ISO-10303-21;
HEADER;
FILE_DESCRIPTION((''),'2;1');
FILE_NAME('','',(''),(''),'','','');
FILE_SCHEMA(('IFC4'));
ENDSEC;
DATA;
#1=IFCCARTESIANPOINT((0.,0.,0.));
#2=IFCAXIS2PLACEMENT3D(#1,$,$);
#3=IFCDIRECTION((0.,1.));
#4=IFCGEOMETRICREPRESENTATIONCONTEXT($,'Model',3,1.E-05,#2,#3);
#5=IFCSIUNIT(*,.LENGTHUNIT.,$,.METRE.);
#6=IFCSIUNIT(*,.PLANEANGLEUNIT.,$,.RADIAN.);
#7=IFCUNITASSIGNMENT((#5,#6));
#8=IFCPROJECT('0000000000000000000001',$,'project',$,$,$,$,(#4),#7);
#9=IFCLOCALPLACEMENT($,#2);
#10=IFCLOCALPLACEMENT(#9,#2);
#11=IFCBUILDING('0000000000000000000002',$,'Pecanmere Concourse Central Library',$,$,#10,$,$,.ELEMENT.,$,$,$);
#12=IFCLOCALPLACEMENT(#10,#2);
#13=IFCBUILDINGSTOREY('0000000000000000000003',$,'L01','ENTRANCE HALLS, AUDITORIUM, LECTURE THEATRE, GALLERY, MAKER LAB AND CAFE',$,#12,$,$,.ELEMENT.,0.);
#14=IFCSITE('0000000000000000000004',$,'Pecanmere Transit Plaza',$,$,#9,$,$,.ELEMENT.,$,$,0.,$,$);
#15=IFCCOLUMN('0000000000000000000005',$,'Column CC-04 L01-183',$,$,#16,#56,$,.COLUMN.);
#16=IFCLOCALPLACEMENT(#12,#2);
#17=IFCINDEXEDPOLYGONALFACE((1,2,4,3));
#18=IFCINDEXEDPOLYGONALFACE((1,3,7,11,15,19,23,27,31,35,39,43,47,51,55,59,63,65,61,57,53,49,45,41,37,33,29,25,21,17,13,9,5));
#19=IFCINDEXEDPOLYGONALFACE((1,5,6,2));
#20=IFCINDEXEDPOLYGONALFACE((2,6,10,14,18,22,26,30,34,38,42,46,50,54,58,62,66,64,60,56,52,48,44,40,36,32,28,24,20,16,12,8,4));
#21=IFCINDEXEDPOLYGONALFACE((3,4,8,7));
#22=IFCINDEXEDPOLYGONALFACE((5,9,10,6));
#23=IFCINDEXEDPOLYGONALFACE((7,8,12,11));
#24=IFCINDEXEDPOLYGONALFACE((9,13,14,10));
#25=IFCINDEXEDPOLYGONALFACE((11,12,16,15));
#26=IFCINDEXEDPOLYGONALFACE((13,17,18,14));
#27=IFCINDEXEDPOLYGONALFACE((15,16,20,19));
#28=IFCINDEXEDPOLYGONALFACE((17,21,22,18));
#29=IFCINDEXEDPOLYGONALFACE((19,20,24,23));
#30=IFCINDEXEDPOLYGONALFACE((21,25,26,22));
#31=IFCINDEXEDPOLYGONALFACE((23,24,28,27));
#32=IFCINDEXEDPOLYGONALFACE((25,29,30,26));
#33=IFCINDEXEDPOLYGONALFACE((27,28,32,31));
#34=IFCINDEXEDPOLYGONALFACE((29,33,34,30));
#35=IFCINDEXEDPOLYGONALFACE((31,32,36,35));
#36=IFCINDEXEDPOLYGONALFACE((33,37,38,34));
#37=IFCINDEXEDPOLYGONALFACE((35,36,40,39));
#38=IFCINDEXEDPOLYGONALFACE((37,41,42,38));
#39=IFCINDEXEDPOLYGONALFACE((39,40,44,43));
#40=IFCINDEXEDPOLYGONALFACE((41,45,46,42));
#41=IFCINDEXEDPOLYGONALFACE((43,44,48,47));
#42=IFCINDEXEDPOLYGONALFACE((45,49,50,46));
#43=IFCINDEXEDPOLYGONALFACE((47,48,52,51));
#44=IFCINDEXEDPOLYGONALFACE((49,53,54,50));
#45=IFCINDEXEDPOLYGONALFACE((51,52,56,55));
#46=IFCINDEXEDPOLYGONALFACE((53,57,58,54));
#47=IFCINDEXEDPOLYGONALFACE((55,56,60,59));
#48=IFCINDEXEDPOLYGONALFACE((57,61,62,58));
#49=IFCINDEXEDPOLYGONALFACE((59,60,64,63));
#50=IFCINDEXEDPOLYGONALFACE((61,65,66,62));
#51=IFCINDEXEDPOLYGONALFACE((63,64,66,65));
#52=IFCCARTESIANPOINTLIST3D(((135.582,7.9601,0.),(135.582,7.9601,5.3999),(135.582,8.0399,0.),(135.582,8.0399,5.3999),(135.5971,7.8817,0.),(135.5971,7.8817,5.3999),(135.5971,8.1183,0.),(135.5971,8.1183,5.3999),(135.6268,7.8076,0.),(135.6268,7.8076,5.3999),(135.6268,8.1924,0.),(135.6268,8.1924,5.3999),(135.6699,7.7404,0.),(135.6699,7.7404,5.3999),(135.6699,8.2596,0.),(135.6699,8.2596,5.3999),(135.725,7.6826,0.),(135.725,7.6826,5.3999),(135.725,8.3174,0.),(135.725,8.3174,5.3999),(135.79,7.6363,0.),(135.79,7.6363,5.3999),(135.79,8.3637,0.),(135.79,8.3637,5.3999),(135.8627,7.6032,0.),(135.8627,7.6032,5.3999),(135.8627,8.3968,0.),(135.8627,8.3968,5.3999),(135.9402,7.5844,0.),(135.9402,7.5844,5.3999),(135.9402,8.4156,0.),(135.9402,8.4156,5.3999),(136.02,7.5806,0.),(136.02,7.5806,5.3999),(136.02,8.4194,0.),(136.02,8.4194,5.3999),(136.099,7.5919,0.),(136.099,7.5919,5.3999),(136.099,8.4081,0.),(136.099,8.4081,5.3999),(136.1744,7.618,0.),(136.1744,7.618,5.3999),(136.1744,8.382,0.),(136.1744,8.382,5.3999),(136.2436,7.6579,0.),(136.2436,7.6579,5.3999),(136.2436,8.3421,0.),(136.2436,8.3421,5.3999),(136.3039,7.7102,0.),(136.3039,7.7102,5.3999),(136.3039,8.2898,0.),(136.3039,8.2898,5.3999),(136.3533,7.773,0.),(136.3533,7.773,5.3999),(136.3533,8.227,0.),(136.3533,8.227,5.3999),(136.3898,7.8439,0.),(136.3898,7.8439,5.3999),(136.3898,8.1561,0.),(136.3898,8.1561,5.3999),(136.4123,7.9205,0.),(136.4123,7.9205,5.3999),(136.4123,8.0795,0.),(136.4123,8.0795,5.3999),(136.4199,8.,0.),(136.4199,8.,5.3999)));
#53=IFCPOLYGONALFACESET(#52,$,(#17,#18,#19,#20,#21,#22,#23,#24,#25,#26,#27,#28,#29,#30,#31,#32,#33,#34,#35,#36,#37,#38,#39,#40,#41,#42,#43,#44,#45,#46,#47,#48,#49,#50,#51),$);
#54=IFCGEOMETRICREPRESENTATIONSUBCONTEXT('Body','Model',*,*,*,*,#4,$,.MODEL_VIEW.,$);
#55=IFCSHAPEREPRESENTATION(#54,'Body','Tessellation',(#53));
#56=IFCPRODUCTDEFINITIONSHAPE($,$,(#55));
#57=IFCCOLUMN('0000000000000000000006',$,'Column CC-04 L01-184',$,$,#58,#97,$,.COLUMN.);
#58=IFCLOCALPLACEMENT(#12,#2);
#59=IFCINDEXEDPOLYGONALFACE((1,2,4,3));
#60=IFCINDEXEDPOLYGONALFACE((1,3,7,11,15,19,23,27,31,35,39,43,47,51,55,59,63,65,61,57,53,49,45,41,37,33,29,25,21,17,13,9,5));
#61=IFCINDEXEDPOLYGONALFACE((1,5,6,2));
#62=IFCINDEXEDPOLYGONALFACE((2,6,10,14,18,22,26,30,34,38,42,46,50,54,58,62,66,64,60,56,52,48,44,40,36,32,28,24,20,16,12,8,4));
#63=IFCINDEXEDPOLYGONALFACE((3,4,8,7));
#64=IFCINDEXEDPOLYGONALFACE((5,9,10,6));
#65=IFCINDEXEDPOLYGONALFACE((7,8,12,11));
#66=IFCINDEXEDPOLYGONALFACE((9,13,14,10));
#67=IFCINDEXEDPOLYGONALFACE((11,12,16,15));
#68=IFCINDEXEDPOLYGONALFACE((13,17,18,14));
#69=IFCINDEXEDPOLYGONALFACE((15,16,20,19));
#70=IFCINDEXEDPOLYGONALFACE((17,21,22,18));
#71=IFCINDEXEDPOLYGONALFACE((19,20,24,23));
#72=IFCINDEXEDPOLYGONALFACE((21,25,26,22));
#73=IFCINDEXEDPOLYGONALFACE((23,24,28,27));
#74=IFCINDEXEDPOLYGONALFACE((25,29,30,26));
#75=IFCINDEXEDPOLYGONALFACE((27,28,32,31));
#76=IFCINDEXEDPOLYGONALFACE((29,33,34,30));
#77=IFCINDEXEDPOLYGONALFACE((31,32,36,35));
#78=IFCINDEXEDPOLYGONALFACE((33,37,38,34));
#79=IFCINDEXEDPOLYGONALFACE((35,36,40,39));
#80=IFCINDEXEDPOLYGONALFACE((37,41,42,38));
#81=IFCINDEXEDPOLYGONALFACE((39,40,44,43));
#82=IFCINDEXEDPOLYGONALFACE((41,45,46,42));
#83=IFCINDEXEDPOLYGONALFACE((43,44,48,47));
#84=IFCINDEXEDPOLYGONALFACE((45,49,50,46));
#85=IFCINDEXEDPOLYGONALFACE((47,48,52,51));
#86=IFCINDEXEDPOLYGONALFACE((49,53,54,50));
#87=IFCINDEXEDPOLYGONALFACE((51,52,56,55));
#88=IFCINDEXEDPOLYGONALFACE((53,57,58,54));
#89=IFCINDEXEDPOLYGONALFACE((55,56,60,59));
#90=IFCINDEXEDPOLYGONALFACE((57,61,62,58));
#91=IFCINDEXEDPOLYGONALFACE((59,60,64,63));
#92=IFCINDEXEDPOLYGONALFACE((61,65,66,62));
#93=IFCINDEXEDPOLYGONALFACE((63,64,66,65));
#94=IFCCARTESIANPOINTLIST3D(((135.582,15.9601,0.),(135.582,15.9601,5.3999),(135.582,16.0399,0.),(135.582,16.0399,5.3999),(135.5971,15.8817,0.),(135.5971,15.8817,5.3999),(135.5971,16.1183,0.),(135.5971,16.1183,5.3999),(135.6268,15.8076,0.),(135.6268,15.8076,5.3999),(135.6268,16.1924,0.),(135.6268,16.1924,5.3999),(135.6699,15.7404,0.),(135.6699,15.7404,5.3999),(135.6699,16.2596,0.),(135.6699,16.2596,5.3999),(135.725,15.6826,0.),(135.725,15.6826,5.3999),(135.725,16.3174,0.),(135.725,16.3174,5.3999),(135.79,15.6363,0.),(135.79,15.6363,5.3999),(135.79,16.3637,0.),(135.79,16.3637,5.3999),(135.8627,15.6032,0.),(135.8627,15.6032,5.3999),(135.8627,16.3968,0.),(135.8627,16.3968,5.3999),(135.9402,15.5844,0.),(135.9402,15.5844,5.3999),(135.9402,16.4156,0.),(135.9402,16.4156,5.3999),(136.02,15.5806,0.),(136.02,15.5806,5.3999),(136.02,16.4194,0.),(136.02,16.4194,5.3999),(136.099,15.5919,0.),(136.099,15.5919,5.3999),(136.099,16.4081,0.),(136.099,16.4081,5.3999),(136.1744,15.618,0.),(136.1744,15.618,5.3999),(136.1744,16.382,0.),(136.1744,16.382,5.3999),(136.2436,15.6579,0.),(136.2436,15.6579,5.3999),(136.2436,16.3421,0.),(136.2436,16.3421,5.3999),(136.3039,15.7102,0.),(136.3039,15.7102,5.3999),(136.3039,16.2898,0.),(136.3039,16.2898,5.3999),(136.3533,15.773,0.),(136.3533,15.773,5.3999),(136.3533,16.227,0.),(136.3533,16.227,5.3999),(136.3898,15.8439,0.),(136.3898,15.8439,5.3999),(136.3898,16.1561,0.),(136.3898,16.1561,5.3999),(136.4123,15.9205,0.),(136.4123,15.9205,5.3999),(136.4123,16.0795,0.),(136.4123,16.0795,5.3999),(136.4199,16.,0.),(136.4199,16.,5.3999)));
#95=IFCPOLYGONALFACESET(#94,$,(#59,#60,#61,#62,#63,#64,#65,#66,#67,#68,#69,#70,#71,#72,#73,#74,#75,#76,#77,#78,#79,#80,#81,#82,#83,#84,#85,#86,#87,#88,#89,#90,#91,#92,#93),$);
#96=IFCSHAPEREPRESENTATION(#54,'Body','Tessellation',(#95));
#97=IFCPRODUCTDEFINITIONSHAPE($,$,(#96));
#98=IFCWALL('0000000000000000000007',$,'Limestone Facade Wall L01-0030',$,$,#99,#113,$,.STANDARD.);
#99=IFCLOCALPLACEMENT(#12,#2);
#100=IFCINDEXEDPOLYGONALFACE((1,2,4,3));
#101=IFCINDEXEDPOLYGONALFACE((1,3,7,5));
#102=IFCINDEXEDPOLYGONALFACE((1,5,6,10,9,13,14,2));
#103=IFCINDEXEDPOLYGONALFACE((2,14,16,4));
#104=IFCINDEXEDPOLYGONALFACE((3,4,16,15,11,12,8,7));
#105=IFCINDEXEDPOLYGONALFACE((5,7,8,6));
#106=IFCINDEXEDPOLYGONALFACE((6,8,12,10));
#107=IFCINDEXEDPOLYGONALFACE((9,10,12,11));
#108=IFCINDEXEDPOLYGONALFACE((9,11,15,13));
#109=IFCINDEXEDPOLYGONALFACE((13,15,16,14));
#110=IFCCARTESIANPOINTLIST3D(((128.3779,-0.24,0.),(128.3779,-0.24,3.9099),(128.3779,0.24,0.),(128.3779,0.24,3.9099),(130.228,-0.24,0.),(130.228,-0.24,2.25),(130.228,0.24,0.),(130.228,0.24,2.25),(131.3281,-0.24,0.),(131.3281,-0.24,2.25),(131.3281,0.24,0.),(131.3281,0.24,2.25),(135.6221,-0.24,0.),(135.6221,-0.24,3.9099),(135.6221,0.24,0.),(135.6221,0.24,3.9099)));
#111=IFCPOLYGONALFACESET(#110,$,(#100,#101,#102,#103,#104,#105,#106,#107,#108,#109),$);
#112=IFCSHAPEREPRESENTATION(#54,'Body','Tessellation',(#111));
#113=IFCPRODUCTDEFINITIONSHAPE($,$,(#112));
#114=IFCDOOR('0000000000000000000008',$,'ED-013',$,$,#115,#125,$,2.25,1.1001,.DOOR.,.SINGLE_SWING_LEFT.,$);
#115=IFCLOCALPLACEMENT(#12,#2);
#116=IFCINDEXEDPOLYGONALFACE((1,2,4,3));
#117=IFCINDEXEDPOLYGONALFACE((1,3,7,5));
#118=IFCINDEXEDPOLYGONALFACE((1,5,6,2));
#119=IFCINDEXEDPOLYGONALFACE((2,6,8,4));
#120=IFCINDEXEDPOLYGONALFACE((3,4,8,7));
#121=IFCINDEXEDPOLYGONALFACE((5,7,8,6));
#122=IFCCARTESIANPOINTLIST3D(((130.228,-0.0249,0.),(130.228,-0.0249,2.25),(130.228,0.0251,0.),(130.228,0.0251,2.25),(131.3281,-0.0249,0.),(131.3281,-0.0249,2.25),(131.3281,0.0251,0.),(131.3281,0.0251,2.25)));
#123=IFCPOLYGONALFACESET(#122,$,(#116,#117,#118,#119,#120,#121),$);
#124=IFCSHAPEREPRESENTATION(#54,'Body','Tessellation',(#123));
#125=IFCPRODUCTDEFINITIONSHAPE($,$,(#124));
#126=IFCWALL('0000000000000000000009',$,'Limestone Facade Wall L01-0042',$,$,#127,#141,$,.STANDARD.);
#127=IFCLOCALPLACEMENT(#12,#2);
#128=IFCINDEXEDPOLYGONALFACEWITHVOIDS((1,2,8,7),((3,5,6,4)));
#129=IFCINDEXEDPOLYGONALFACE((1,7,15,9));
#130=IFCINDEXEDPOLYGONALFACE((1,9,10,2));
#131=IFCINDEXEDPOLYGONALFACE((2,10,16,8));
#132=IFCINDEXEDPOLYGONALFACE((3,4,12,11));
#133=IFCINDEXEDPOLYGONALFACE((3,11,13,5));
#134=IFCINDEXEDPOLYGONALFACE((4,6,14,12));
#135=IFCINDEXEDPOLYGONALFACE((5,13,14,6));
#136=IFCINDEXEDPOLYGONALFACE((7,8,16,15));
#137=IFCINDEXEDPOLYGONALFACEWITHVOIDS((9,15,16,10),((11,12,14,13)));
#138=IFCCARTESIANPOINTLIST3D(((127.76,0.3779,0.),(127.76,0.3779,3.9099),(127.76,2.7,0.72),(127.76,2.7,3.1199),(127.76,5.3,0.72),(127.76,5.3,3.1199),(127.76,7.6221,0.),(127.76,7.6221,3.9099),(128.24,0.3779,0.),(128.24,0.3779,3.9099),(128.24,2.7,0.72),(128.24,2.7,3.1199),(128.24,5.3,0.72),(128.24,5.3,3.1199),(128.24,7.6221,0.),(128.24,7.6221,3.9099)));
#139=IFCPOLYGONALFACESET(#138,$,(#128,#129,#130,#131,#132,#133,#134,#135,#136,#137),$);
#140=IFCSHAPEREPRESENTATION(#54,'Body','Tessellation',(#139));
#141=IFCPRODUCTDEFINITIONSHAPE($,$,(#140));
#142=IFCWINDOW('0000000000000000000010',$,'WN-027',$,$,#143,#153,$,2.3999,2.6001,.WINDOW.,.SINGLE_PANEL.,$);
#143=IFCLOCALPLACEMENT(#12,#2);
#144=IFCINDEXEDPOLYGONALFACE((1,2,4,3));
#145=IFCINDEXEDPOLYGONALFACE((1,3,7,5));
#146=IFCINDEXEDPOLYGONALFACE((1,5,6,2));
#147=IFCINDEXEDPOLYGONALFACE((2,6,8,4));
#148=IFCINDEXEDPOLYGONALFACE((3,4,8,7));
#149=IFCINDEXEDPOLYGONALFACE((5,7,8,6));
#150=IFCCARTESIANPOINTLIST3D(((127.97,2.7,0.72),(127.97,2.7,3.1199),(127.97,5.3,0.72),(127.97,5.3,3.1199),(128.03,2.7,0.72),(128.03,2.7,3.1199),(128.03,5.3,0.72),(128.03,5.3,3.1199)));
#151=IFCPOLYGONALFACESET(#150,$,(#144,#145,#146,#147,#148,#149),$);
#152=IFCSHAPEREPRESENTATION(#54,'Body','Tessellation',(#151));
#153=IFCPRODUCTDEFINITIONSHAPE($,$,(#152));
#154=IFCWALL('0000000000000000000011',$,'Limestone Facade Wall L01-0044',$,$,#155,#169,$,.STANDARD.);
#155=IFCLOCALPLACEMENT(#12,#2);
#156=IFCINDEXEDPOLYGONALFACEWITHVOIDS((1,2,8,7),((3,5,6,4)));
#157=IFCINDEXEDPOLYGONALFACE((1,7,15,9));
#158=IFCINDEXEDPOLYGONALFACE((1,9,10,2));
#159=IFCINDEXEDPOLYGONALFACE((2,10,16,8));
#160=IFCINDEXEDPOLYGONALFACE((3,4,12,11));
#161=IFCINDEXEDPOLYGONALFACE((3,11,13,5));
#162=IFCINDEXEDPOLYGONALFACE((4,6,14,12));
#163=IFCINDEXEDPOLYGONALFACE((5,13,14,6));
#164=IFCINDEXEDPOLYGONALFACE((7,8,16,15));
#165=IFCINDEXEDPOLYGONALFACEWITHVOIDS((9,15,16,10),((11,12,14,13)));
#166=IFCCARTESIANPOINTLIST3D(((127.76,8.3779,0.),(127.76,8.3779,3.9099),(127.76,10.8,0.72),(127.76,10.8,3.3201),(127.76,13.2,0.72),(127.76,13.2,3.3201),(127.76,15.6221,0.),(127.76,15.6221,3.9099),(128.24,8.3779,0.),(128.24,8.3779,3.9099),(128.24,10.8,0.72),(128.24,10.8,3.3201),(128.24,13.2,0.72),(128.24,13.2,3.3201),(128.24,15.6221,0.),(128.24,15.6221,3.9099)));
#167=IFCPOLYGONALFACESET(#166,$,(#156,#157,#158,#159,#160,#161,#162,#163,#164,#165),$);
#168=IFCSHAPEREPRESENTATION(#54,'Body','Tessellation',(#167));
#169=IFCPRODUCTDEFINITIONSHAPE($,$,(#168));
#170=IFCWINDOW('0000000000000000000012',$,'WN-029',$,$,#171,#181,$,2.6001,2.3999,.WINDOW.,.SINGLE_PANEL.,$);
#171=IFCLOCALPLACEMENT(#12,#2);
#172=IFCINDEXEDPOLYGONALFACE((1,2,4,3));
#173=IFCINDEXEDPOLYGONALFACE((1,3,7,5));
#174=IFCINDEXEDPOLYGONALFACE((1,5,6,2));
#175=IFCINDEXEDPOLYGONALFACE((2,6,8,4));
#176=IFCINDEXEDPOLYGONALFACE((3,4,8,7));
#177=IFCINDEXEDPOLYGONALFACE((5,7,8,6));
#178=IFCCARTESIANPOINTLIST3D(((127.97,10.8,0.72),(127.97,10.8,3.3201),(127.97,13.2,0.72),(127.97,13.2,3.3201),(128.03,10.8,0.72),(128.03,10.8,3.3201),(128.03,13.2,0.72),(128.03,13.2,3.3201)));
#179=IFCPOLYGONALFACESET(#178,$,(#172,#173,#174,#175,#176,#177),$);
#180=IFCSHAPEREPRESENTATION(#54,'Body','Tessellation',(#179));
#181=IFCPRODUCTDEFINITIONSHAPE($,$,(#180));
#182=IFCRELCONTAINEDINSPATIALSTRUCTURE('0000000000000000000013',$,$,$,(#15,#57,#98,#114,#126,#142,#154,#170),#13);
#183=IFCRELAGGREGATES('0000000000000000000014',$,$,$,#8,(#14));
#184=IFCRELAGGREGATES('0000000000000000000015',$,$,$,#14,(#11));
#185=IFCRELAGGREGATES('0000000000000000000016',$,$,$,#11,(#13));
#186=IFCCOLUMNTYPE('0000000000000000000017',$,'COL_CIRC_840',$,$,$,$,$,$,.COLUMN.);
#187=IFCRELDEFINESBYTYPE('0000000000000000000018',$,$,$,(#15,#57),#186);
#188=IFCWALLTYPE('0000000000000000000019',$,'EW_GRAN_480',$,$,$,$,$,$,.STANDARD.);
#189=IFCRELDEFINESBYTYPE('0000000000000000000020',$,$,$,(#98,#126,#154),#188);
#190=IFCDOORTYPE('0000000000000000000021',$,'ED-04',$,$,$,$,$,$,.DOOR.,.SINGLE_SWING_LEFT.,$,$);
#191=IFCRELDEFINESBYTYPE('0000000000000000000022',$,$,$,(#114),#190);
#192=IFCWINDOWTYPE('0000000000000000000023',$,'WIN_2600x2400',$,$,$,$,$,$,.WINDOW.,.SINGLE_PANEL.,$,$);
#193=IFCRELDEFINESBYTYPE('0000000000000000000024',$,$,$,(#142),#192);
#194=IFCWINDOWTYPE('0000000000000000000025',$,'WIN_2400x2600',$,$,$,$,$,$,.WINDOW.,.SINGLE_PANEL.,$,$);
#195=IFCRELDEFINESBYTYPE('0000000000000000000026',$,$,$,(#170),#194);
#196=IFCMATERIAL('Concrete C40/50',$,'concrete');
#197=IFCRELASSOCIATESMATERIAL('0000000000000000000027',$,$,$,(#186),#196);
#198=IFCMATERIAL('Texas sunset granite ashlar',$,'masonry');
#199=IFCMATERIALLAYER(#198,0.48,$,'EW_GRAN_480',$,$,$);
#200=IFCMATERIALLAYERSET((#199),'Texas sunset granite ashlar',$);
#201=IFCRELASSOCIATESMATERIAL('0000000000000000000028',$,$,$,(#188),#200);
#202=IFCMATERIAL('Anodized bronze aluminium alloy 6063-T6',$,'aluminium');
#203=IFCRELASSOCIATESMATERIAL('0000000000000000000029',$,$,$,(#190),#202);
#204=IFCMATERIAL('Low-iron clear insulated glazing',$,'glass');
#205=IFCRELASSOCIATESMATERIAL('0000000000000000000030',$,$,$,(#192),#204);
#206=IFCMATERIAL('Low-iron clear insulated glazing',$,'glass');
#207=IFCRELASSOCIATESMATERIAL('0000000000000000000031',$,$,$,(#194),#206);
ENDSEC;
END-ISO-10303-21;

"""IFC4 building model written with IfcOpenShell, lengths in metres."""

from ifc_helpers import new_model, si_unit, direction, frame, frame_2d, origin, origin_2d, place, context, subcontext, project, spatial, rectangle, circle, extrude, material, layer, layer_set, material_profile, profile_set, type_object, element, fill, save


model = new_model("IFC4")

# Units and contexts
model_context = context("Model", 3, precision=1e-05, world=origin(), true_north=direction((0.0, 1.0)))
body_context = subcontext(model_context, "Body", "Model", "MODEL_VIEW")
ifc_project = project(units=[si_unit("LENGTHUNIT", "METRE"), si_unit("PLANEANGLEUNIT", "RADIAN")], contexts=[model_context])

# Site, building, storey
site_placement = place(None, origin())
site = spatial("IfcSite", under=ifc_project, at=site_placement, Name="Pecanmere Transit Plaza", CompositionType="ELEMENT", RefElevation=0.0)
building_placement = place(site_placement, origin())
building = spatial("IfcBuilding", under=site, at=building_placement, Name="Pecanmere Concourse Central Library", CompositionType="ELEMENT")
storey_placement = place(building_placement, origin())
storey = spatial("IfcBuildingStorey", under=building, at=storey_placement, Name="L01", Description="ENTRANCE HALLS, AUDITORIUM, LECTURE THEATRE, GALLERY, MAKER LAB AND CAFE", CompositionType="ELEMENT", Elevation=0.0)

# Columns
ifc_material_1 = material(Name="Concrete C40/50", Category="concrete")
ifc_material_profile = material_profile(ifc_material_1, circle(Radius=0.4199, at=origin_2d()), Name="RC D840")
ifc_profile_set = profile_set([ifc_material_profile], Name="Concrete C40/50")
column_type = type_object("IfcColumnType", Name="COL_CIRC_840", PredefinedType="COLUMN", material=ifc_profile_set)
for number, where, z_axis, x_axis, name in (
    (1, (136.0, 8.0, 0.0), (0.0, 0.0, 1.0), (1.0, 0.0, 0.0), "Column CC-04 L01-183"),
    (2, (136.0, 16.0, 0.0), (0.0, 0.0, 1.0), (1.0, 0.0, 0.0), "Column CC-04 L01-184"),
):
    element("IfcColumn", number, at=place(storey_placement, frame(where, z_axis=z_axis, x_axis=x_axis)), inside=storey, type_object=column_type, Name=name, PredefinedType="COLUMN", context=body_context, shape_type="SweptSolid", body=[
        extrude(circle(Radius=0.4199, at=origin_2d()), origin(), (0.0, 0.0, 1.0), 5.3999),
    ])

# Wall, opening, door
ifc_material_2 = material(Name="Texas sunset granite ashlar", Category="masonry")
ifc_layer_1 = layer(ifc_material_2, 0.48, Name="EW_GRAN_480")
ifc_layer_set_1 = layer_set([ifc_layer_1], Name="Texas sunset granite ashlar")
wall_type_1 = type_object("IfcWallType", Name="EW_GRAN_480", PredefinedType="STANDARD", material=ifc_layer_set_1)
wall_1_placement = place(storey_placement, frame((128.3779, 0.0, 0.0), z_axis=(0.0, 0.0, 1.0), x_axis=(1.0, 0.0, 0.0)))
wall_1 = element("IfcWall", 3, at=wall_1_placement, inside=storey, type_object=wall_type_1, Name="Limestone Facade Wall L01-0030", PredefinedType="STANDARD", context=body_context, shape_type="SweptSolid", body=[
    extrude(rectangle(XDim=7.2441, YDim=0.48, at=frame_2d((3.6221, 0.0))), origin(), (0.0, 0.0, 1.0), 3.9099),
])
opening_1_placement = place(wall_1_placement, frame((1.8501, 0.0, 0.0)))
opening_1 = element("IfcOpeningElement", 4, at=opening_1_placement, cuts=wall_1, PredefinedType="OPENING", context=body_context, shape_type="SweptSolid", body=[
    extrude(rectangle(XDim=1.1001, YDim=2.25, at=frame_2d((0.55, 1.125))), frame((0.0, 0.252, 0.0), z_axis=(0.0, -1.0, 0.0), x_axis=(1.0, 0.0, 0.0)), (0.0, 0.0, 1.0), 0.5039),
])
ifc_material_3 = material(Name="Anodized bronze aluminium alloy 6063-T6", Category="aluminium")
door_type_1 = type_object("IfcDoorType", Name="ED-04", OperationType="SINGLE_SWING_LEFT", PredefinedType="DOOR", material=ifc_material_3)
door_1_placement = place(opening_1_placement, frame((1.1001, 0.0, 0.0), z_axis=(0.0, 0.0, 1.0), x_axis=(-1.0, 0.0, 0.0)))
door_1 = element("IfcDoor", 5, at=door_1_placement, inside=storey, type_object=door_type_1, Name="ED-013", OperationType="SINGLE_SWING_LEFT", OverallHeight=2.25, OverallWidth=1.1001, PredefinedType="DOOR", context=body_context, shape_type="SweptSolid", body=[
    extrude(rectangle(XDim=1.1001, YDim=2.25, at=frame_2d((0.55, 1.125))), frame((0.0, 0.0249, 0.0), z_axis=(0.0, -1.0, 0.0), x_axis=(1.0, 0.0, 0.0)), (0.0, 0.0, 1.0), 0.05),
])
fill(opening_1, door_1)

# Walls, openings, windows
wall_2_placement = place(storey_placement, frame((128.0, 7.6221, 0.0), z_axis=(0.0, 0.0, 1.0), x_axis=(0.0, -1.0, 0.0)))
wall_2 = element("IfcWall", 6, at=wall_2_placement, inside=storey, type_object=wall_type_1, Name="Limestone Facade Wall L01-0042", PredefinedType="STANDARD", context=body_context, shape_type="SweptSolid", body=[
    extrude(rectangle(XDim=7.2441, YDim=0.48, at=frame_2d((3.6221, 0.0))), origin(), (0.0, 0.0, 1.0), 3.9099),
])
opening_2_placement = place(wall_2_placement, frame((2.322, 0.0, 0.72)))
opening_2 = element("IfcOpeningElement", 7, at=opening_2_placement, cuts=wall_2, PredefinedType="OPENING", context=body_context, shape_type="SweptSolid", body=[
    extrude(rectangle(XDim=2.6001, YDim=2.3999, at=frame_2d((1.3, 1.2))), frame((0.0, 0.252, 0.0), z_axis=(0.0, -1.0, 0.0), x_axis=(1.0, 0.0, 0.0)), (0.0, 0.0, 1.0), 0.5039),
])
ifc_material_4 = material(Name="Low-iron clear insulated glazing", Category="glass")
window_type_1 = type_object("IfcWindowType", Name="WIN_2600x2400", PartitioningType="SINGLE_PANEL", PredefinedType="WINDOW", material=ifc_material_4)
window_1_placement = place(opening_2_placement, origin())
window_1 = element("IfcWindow", 8, at=window_1_placement, inside=storey, type_object=window_type_1, Name="WN-027", OverallHeight=2.3999, OverallWidth=2.6001, PartitioningType="SINGLE_PANEL", PredefinedType="WINDOW", context=body_context, shape_type="SweptSolid", body=[
    extrude(rectangle(XDim=2.6001, YDim=2.3999, at=frame_2d((1.3, 1.2))), frame((0.0, 0.03, 0.0), z_axis=(0.0, -1.0, 0.0), x_axis=(1.0, 0.0, 0.0)), (0.0, 0.0, 1.0), 0.0601),
])
fill(opening_2, window_1)
wall_3_placement = place(storey_placement, frame((128.0, 15.6221, 0.0), z_axis=(0.0, 0.0, 1.0), x_axis=(0.0, -1.0, 0.0)))
wall_3 = element("IfcWall", 9, at=wall_3_placement, inside=storey, type_object=wall_type_1, Name="Limestone Facade Wall L01-0044", PredefinedType="STANDARD", context=body_context, shape_type="SweptSolid", body=[
    extrude(rectangle(XDim=7.2441, YDim=0.48, at=frame_2d((3.6221, 0.0))), origin(), (0.0, 0.0, 1.0), 3.9099),
])
opening_3_placement = place(wall_3_placement, frame((2.4221, 0.0, 0.72)))
opening_3 = element("IfcOpeningElement", 10, at=opening_3_placement, cuts=wall_3, PredefinedType="OPENING", context=body_context, shape_type="SweptSolid", body=[
    extrude(rectangle(XDim=2.3999, YDim=2.6001, at=frame_2d((1.2, 1.3))), frame((0.0, 0.252, 0.0), z_axis=(0.0, -1.0, 0.0), x_axis=(1.0, 0.0, 0.0)), (0.0, 0.0, 1.0), 0.5039),
])
ifc_material_5 = material(Name="Low-iron clear insulated glazing", Category="glass")
window_type_2 = type_object("IfcWindowType", Name="WIN_2400x2600", PartitioningType="SINGLE_PANEL", PredefinedType="WINDOW", material=ifc_material_5)
window_2_placement = place(opening_3_placement, origin())
window_2 = element("IfcWindow", 11, at=window_2_placement, inside=storey, type_object=window_type_2, Name="WN-029", OverallHeight=2.6001, OverallWidth=2.3999, PartitioningType="SINGLE_PANEL", PredefinedType="WINDOW", context=body_context, shape_type="SweptSolid", body=[
    extrude(rectangle(XDim=2.3999, YDim=2.6001, at=frame_2d((1.2, 1.3))), frame((0.0, 0.03, 0.0), z_axis=(0.0, -1.0, 0.0), x_axis=(1.0, 0.0, 0.0)), (0.0, 0.0, 1.0), 0.0601),
])
fill(opening_3, window_2)

save(model, "model.ifc")
